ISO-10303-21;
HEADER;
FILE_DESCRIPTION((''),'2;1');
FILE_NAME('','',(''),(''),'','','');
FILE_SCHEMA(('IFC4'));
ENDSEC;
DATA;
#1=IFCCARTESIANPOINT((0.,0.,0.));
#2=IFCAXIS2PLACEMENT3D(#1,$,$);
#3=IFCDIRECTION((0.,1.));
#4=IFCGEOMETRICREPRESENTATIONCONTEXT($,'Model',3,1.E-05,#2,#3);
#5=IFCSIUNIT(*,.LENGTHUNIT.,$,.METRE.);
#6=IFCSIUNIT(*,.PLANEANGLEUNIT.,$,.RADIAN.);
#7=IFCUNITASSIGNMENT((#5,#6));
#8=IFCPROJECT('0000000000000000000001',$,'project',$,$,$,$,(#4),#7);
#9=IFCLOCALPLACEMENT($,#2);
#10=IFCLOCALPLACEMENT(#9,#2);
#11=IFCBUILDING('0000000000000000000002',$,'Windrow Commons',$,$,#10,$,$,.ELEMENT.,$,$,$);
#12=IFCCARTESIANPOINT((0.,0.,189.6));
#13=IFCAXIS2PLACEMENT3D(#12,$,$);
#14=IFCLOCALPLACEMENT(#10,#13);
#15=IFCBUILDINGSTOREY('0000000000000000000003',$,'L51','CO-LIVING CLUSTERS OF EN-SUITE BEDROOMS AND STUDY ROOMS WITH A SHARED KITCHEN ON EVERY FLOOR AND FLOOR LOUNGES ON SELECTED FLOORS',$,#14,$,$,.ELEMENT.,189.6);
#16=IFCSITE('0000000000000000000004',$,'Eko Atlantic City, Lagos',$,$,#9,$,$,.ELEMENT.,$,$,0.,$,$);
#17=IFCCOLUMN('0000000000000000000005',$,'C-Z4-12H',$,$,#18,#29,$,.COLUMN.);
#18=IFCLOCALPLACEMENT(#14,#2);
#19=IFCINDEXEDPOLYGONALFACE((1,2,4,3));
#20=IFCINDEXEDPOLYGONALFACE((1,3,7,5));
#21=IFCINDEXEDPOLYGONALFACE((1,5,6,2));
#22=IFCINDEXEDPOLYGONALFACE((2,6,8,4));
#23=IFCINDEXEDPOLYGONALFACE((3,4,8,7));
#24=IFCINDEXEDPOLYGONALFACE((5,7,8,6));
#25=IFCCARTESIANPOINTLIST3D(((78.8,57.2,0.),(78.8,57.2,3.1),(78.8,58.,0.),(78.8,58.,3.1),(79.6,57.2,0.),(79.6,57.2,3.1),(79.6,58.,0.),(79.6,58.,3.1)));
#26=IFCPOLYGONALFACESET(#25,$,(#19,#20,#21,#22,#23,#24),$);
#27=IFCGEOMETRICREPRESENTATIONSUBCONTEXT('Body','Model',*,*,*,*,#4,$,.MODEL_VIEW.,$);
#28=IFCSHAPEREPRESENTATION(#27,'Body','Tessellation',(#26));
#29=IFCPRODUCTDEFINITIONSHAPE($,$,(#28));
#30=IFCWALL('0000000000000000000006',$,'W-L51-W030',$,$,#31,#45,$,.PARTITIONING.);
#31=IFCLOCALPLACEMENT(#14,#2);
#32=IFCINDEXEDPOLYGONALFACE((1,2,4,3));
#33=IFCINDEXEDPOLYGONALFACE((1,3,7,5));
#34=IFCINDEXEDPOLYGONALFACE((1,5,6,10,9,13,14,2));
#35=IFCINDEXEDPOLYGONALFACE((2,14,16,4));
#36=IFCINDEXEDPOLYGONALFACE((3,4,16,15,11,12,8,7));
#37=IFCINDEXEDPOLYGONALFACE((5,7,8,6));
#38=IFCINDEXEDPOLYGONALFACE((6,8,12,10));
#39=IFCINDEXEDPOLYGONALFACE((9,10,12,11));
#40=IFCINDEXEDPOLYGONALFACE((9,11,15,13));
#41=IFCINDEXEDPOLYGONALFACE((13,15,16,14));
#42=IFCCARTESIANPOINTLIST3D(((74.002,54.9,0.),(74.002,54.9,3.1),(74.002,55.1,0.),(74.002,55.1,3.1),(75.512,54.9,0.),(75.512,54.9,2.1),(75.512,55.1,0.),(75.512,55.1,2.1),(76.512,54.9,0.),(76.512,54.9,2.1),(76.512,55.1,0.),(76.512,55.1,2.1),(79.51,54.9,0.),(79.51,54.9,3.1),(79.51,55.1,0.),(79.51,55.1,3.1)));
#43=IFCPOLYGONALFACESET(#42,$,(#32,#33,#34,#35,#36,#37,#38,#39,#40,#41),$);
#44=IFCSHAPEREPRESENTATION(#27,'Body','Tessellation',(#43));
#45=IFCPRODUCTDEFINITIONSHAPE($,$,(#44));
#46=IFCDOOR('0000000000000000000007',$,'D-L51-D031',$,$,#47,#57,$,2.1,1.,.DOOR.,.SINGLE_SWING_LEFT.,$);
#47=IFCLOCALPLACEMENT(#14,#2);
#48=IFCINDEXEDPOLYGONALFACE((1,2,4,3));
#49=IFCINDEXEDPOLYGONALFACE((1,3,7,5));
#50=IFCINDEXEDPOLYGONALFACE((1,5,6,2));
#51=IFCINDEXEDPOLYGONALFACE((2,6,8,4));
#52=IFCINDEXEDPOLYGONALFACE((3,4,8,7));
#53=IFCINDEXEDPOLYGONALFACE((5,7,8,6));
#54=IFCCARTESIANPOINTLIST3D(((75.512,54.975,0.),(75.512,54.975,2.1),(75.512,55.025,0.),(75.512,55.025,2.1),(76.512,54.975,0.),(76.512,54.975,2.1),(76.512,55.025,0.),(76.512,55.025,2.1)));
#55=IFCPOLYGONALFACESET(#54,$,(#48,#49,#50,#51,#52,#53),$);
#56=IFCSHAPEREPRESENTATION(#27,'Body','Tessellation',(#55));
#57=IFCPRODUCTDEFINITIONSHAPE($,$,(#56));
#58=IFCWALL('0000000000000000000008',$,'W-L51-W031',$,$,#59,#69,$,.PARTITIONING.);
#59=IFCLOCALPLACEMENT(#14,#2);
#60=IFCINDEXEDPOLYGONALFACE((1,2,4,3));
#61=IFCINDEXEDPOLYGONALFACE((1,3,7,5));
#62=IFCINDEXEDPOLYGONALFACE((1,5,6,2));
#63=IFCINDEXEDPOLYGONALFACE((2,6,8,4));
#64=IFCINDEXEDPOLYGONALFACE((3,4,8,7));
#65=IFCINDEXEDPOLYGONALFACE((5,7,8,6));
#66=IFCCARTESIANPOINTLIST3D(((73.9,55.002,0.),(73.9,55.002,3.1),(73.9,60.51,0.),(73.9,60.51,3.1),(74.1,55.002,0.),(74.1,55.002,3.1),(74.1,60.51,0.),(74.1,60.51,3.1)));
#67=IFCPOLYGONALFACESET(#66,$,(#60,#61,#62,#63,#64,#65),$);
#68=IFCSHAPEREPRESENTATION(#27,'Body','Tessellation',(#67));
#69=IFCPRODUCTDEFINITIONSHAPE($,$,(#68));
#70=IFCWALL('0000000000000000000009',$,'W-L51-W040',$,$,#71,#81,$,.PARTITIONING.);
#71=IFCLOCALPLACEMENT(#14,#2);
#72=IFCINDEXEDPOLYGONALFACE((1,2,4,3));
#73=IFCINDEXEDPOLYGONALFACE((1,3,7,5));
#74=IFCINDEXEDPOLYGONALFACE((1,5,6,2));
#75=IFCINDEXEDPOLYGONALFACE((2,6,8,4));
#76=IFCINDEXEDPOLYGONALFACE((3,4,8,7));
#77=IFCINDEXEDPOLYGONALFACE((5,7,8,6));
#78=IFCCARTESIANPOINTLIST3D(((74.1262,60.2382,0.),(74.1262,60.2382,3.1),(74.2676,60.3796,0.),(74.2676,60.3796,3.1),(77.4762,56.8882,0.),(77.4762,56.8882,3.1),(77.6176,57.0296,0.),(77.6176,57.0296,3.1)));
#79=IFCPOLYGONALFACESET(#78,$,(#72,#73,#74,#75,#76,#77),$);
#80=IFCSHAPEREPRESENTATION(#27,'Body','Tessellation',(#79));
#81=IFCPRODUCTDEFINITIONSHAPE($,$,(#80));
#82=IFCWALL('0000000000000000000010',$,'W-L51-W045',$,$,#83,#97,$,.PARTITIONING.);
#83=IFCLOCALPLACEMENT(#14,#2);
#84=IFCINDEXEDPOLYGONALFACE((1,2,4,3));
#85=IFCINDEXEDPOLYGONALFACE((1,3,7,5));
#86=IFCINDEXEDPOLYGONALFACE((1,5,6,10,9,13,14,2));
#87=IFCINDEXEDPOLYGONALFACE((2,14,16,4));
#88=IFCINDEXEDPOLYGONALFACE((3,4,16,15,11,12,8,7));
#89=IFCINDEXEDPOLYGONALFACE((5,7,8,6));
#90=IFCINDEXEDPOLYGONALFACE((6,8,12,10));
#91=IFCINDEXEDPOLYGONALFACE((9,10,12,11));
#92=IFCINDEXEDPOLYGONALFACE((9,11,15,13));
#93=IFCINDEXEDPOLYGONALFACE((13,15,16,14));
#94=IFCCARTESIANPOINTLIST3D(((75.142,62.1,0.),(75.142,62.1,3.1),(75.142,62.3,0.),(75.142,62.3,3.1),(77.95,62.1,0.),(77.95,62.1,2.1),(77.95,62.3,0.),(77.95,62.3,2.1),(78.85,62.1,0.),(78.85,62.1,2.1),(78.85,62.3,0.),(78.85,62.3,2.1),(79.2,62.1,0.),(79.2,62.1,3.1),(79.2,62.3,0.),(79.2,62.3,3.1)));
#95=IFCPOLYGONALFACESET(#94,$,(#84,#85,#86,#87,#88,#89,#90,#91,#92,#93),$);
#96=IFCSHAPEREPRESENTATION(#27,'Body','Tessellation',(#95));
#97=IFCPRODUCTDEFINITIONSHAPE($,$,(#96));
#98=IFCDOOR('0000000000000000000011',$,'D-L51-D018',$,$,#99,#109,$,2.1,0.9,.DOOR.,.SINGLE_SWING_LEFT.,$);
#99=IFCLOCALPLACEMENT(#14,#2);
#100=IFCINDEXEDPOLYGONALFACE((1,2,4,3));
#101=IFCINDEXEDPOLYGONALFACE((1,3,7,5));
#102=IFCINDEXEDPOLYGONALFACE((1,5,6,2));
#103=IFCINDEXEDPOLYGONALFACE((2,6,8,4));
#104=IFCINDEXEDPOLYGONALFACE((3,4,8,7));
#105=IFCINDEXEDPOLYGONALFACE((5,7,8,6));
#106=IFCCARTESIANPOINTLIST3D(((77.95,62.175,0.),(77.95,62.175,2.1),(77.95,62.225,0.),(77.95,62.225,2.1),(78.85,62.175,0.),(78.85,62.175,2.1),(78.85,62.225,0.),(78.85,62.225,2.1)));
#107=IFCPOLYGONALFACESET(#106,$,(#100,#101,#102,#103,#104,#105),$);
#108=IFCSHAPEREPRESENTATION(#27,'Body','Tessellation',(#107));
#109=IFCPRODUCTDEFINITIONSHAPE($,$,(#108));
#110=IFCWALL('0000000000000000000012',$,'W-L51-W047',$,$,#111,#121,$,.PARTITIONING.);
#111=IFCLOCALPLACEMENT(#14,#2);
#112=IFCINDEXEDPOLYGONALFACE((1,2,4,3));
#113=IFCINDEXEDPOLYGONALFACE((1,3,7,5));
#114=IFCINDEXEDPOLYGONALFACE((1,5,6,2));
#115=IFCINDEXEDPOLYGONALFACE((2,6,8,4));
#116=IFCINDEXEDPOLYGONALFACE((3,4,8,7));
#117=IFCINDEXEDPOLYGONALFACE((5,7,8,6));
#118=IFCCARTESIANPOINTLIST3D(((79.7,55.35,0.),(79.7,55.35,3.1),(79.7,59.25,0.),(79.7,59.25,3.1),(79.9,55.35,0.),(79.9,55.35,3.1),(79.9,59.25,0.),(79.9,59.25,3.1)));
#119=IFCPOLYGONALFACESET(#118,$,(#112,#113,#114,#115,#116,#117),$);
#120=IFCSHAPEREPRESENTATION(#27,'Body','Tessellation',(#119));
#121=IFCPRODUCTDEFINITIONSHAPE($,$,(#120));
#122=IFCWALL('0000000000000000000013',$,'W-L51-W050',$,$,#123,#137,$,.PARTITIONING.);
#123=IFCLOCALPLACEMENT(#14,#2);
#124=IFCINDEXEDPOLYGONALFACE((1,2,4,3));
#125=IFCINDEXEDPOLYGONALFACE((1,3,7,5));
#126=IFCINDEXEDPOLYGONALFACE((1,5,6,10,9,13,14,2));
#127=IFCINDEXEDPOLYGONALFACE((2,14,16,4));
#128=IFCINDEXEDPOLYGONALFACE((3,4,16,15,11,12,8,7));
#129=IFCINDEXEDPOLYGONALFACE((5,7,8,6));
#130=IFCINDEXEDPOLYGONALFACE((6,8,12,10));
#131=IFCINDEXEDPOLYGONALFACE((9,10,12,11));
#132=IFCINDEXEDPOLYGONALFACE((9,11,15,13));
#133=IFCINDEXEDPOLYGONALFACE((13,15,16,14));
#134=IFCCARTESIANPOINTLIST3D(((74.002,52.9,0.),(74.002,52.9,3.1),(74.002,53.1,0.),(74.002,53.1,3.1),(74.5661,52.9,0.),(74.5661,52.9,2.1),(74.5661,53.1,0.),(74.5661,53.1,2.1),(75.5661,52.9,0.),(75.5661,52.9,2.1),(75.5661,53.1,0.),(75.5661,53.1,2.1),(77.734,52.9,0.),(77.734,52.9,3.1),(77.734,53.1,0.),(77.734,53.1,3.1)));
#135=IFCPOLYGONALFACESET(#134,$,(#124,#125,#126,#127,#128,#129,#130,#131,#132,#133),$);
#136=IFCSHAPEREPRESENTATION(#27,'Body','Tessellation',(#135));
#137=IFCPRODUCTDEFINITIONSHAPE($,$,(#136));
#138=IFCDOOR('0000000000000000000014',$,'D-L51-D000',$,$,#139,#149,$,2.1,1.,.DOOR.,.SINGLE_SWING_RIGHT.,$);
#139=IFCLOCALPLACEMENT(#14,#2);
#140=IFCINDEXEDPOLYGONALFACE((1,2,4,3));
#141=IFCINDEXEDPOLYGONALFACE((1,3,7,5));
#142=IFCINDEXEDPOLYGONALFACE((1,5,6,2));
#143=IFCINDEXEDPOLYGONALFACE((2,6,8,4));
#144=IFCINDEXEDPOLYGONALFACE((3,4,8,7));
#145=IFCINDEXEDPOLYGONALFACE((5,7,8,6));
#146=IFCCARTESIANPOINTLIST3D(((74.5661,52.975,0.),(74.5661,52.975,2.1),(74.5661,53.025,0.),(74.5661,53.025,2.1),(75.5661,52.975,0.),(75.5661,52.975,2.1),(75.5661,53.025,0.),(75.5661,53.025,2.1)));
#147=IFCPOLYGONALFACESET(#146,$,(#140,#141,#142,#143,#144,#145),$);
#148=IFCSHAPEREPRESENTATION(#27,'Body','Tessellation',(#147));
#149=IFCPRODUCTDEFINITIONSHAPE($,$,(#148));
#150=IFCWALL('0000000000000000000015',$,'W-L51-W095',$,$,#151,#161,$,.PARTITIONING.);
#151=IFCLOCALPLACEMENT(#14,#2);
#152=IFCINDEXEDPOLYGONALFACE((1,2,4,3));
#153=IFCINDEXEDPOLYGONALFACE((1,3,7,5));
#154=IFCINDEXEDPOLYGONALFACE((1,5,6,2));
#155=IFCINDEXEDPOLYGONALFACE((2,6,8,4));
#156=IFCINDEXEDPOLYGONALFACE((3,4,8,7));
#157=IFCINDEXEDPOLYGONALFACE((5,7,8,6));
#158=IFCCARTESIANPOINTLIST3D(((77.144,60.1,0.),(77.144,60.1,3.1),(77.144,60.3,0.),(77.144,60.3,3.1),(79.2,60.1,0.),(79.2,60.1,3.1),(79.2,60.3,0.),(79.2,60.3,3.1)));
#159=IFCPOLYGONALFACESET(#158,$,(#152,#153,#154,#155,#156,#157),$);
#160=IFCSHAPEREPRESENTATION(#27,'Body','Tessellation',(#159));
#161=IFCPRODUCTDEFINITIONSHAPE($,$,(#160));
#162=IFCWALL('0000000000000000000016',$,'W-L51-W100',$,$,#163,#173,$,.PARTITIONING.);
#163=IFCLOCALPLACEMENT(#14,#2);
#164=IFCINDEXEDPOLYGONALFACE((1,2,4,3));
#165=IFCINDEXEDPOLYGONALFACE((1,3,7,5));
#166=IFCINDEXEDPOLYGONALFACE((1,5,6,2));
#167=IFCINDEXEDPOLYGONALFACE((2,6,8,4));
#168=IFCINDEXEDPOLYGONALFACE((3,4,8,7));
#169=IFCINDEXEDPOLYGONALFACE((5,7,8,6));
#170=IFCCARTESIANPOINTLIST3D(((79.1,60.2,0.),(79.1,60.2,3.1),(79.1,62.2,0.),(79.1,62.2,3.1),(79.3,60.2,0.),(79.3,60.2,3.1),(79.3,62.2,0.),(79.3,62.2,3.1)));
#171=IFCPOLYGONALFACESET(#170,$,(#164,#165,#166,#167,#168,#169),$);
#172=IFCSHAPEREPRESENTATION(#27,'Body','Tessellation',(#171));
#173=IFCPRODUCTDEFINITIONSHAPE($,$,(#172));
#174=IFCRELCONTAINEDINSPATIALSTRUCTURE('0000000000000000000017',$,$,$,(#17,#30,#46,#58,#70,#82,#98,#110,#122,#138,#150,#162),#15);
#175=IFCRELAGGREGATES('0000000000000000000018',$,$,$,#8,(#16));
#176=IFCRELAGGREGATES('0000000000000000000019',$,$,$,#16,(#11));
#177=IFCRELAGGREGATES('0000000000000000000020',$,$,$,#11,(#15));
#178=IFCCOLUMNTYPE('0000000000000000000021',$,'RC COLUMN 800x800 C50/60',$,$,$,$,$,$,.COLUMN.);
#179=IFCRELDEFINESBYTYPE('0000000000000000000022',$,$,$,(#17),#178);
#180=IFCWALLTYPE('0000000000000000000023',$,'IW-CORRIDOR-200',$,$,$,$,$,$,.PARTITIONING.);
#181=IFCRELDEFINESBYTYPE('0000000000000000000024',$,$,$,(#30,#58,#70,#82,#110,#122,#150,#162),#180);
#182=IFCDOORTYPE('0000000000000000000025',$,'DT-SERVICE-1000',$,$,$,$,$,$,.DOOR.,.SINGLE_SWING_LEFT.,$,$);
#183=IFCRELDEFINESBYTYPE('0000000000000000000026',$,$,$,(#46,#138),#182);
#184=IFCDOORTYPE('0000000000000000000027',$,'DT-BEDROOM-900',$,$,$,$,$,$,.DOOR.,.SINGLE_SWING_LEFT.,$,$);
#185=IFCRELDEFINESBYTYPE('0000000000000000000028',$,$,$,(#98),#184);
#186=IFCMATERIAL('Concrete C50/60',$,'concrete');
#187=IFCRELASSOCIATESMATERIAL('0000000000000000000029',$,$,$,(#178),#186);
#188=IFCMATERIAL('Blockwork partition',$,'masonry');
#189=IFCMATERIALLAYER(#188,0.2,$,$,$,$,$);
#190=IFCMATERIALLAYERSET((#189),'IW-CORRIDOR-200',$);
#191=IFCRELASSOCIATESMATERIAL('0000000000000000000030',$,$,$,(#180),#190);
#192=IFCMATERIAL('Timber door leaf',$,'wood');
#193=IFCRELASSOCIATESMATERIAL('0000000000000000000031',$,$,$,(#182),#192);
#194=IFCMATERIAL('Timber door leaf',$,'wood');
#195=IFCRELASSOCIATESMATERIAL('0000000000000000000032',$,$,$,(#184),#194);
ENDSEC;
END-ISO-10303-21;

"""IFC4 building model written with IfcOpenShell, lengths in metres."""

from ifc_helpers import new_model, si_unit, direction, frame, frame_2d, origin, origin_2d, place, context, subcontext, project, spatial, rectangle, extrude, material, layer, layer_set, material_profile, profile_set, type_object, element, fill, save


model = new_model("IFC4")

# Units and contexts
model_context = context("Model", 3, precision=1e-05, world=origin(), true_north=direction((0.0, 1.0)))
body_context = subcontext(model_context, "Body", "Model", "MODEL_VIEW")
ifc_project = project(units=[si_unit("LENGTHUNIT", "METRE"), si_unit("PLANEANGLEUNIT", "RADIAN")], contexts=[model_context])

# Site, building, storey
site_placement = place(None, origin())
site = spatial("IfcSite", under=ifc_project, at=site_placement, Name="Eko Atlantic City, Lagos", CompositionType="ELEMENT", RefElevation=0.0)
building_placement = place(site_placement, origin())
building = spatial("IfcBuilding", under=site, at=building_placement, Name="Windrow Commons", CompositionType="ELEMENT")
storey_placement = place(building_placement, frame((0.0, 0.0, 189.6)))
storey = spatial("IfcBuildingStorey", under=building, at=storey_placement, Name="L51", Description="CO-LIVING CLUSTERS OF EN-SUITE BEDROOMS AND STUDY ROOMS WITH A SHARED KITCHEN ON EVERY FLOOR AND FLOOR LOUNGES ON SELECTED FLOORS", CompositionType="ELEMENT", Elevation=189.6)

# Column
ifc_material_1 = material(Name="Concrete C50/60", Category="concrete")
ifc_material_profile = material_profile(ifc_material_1, rectangle(XDim=0.8, YDim=0.8, at=origin_2d()))
ifc_profile_set = profile_set([ifc_material_profile], Name="Concrete C50/60")
column_type = type_object("IfcColumnType", Name="RC COLUMN 800x800 C50/60", PredefinedType="COLUMN", material=ifc_profile_set)
column_placement = place(storey_placement, frame((79.2, 57.6, 0.0), z_axis=(0.0, 0.0, 1.0), x_axis=(1.0, 0.0, 0.0)))
element("IfcColumn", 1, at=column_placement, inside=storey, type_object=column_type, Name="C-Z4-12H", PredefinedType="COLUMN", context=body_context, shape_type="SweptSolid", body=[
    extrude(rectangle(XDim=0.8, YDim=0.8, at=origin_2d()), origin(), (0.0, 0.0, 1.0), 3.1),
])

# Wall, opening, door
ifc_material_2 = material(Name="Blockwork partition", Category="masonry")
ifc_layer_1 = layer(ifc_material_2, 0.2)
ifc_layer_set_1 = layer_set([ifc_layer_1], Name="IW-CORRIDOR-200")
wall_type_1 = type_object("IfcWallType", Name="IW-CORRIDOR-200", PredefinedType="PARTITIONING", material=ifc_layer_set_1)
wall_1_placement = place(storey_placement, frame((74.002, 55.0, 0.0), z_axis=(0.0, 0.0, 1.0), x_axis=(1.0, 0.0, 0.0)))
wall_1 = element("IfcWall", 2, at=wall_1_placement, inside=storey, type_object=wall_type_1, Name="W-L51-W030", PredefinedType="PARTITIONING", context=body_context, shape_type="SweptSolid", body=[
    extrude(rectangle(XDim=5.508, YDim=0.2, at=frame_2d((2.754, 0.0))), origin(), (0.0, 0.0, 1.0), 3.1),
])
opening_1_placement = place(wall_1_placement, frame((1.51, 0.0, 0.0)))
opening_1 = element("IfcOpeningElement", 3, at=opening_1_placement, cuts=wall_1, PredefinedType="OPENING", context=body_context, shape_type="SweptSolid", body=[
    extrude(rectangle(XDim=1.0, YDim=2.1, at=frame_2d((0.5, 1.05))), frame((0.0, 0.11, 0.0), z_axis=(0.0, -1.0, 0.0), x_axis=(1.0, 0.0, 0.0)), (0.0, 0.0, 1.0), 0.22),
])
ifc_material_3 = material(Name="Timber door leaf", Category="wood")
door_type_1 = type_object("IfcDoorType", Name="DT-SERVICE-1000", OperationType="SINGLE_SWING_LEFT", PredefinedType="DOOR", material=ifc_material_3)
door_1_placement = place(opening_1_placement, origin())
door_1 = element("IfcDoor", 4, at=door_1_placement, inside=storey, type_object=door_type_1, Name="D-L51-D031", OperationType="SINGLE_SWING_LEFT", OverallHeight=2.1, OverallWidth=1.0, PredefinedType="DOOR", context=body_context, shape_type="SweptSolid", body=[
    extrude(rectangle(XDim=1.0, YDim=2.1, at=frame_2d((0.5, 1.05))), frame((0.0, 0.025, 0.0), z_axis=(0.0, -1.0, 0.0), x_axis=(1.0, 0.0, 0.0)), (0.0, 0.0, 1.0), 0.05),
])
fill(opening_1, door_1)

# Walls
wall_2_placement = place(storey_placement, frame((74.0, 55.002, 0.0), z_axis=(0.0, 0.0, 1.0), x_axis=(0.0, 1.0, 0.0)))
element("IfcWall", 5, at=wall_2_placement, inside=storey, type_object=wall_type_1, Name="W-L51-W031", PredefinedType="PARTITIONING", context=body_context, shape_type="SweptSolid", body=[
    extrude(rectangle(XDim=5.508, YDim=0.2, at=frame_2d((2.754, 0.0))), origin(), (0.0, 0.0, 1.0), 3.1),
])
wall_3_placement = place(storey_placement, frame((74.1969, 60.3089, 0.0), z_axis=(0.0, 0.0, 1.0), x_axis=(0.707107, -0.707107, 0.0)))
element("IfcWall", 6, at=wall_3_placement, inside=storey, type_object=wall_type_1, Name="W-L51-W040", PredefinedType="PARTITIONING", context=body_context, shape_type="SweptSolid", body=[
    extrude(rectangle(XDim=4.7376, YDim=0.2, at=frame_2d((2.3688, 0.0))), origin(), (0.0, 0.0, 1.0), 3.1),
])

# Wall, opening, door
wall_4_placement = place(storey_placement, frame((75.142, 62.2, 0.0), z_axis=(0.0, 0.0, 1.0), x_axis=(1.0, 0.0, 0.0)))
wall_4 = element("IfcWall", 7, at=wall_4_placement, inside=storey, type_object=wall_type_1, Name="W-L51-W045", PredefinedType="PARTITIONING", context=body_context, shape_type="SweptSolid", body=[
    extrude(rectangle(XDim=4.058, YDim=0.2, at=frame_2d((2.029, 0.0))), origin(), (0.0, 0.0, 1.0), 3.1),
])
opening_2_placement = place(wall_4_placement, frame((2.808, 0.0, 0.0)))
opening_2 = element("IfcOpeningElement", 8, at=opening_2_placement, cuts=wall_4, PredefinedType="OPENING", context=body_context, shape_type="SweptSolid", body=[
    extrude(rectangle(XDim=0.9, YDim=2.1, at=frame_2d((0.45, 1.05))), frame((0.0, 0.11, 0.0), z_axis=(0.0, -1.0, 0.0), x_axis=(1.0, 0.0, 0.0)), (0.0, 0.0, 1.0), 0.22),
])
ifc_material_4 = material(Name="Timber door leaf", Category="wood")
door_type_2 = type_object("IfcDoorType", Name="DT-BEDROOM-900", OperationType="SINGLE_SWING_LEFT", PredefinedType="DOOR", material=ifc_material_4)
door_2_placement = place(opening_2_placement, origin())
door_2 = element("IfcDoor", 9, at=door_2_placement, inside=storey, type_object=door_type_2, Name="D-L51-D018", OperationType="SINGLE_SWING_LEFT", OverallHeight=2.1, OverallWidth=0.9, PredefinedType="DOOR", context=body_context, shape_type="SweptSolid", body=[
    extrude(rectangle(XDim=0.9, YDim=2.1, at=frame_2d((0.45, 1.05))), frame((0.0, 0.025, 0.0), z_axis=(0.0, -1.0, 0.0), x_axis=(1.0, 0.0, 0.0)), (0.0, 0.0, 1.0), 0.05),
])
fill(opening_2, door_2)

# Wall
wall_5_placement = place(storey_placement, frame((79.8, 55.35, 0.0), z_axis=(0.0, 0.0, 1.0), x_axis=(0.0, 1.0, 0.0)))
element("IfcWall", 10, at=wall_5_placement, inside=storey, type_object=wall_type_1, Name="W-L51-W047", PredefinedType="PARTITIONING", context=body_context, shape_type="SweptSolid", body=[
    extrude(rectangle(XDim=3.9, YDim=0.2, at=frame_2d((1.95, 0.0))), origin(), (0.0, 0.0, 1.0), 3.1),
])

# Wall, opening, door
wall_6_placement = place(storey_placement, frame((74.002, 53.0, 0.0), z_axis=(0.0, 0.0, 1.0), x_axis=(1.0, 0.0, 0.0)))
wall_6 = element("IfcWall", 11, at=wall_6_placement, inside=storey, type_object=wall_type_1, Name="W-L51-W050", PredefinedType="PARTITIONING", context=body_context, shape_type="SweptSolid", body=[
    extrude(rectangle(XDim=3.732, YDim=0.2, at=frame_2d((1.866, 0.0))), origin(), (0.0, 0.0, 1.0), 3.1),
])
opening_3_placement = place(wall_6_placement, frame((0.5641, 0.0, 0.0)))
opening_3 = element("IfcOpeningElement", 12, at=opening_3_placement, cuts=wall_6, PredefinedType="OPENING", context=body_context, shape_type="SweptSolid", body=[
    extrude(rectangle(XDim=1.0, YDim=2.1, at=frame_2d((0.5, 1.05))), frame((0.0, 0.11, 0.0), z_axis=(0.0, -1.0, 0.0), x_axis=(1.0, 0.0, 0.0)), (0.0, 0.0, 1.0), 0.22),
])
door_3_placement = place(opening_3_placement, origin())
door_3 = element("IfcDoor", 13, at=door_3_placement, inside=storey, type_object=door_type_1, Name="D-L51-D000", OperationType="SINGLE_SWING_RIGHT", OverallHeight=2.1, OverallWidth=1.0, PredefinedType="DOOR", context=body_context, shape_type="SweptSolid", body=[
    extrude(rectangle(XDim=1.0, YDim=2.1, at=frame_2d((0.5, 1.05))), frame((0.0, 0.025, 0.0), z_axis=(0.0, -1.0, 0.0), x_axis=(1.0, 0.0, 0.0)), (0.0, 0.0, 1.0), 0.05),
])
fill(opening_3, door_3)

# Walls
wall_7_placement = place(storey_placement, frame((77.144, 60.2, 0.0), z_axis=(0.0, 0.0, 1.0), x_axis=(1.0, 0.0, 0.0)))
element("IfcWall", 14, at=wall_7_placement, inside=storey, type_object=wall_type_1, Name="W-L51-W095", PredefinedType="PARTITIONING", context=body_context, shape_type="SweptSolid", body=[
    extrude(rectangle(XDim=2.056, YDim=0.2, at=frame_2d((1.028, 0.0))), origin(), (0.0, 0.0, 1.0), 3.1),
])
wall_8_placement = place(storey_placement, frame((79.2, 60.2, 0.0), z_axis=(0.0, 0.0, 1.0), x_axis=(0.0, 1.0, 0.0)))
element("IfcWall", 15, at=wall_8_placement, inside=storey, type_object=wall_type_1, Name="W-L51-W100", PredefinedType="PARTITIONING", context=body_context, shape_type="SweptSolid", body=[
    extrude(rectangle(XDim=2.0, YDim=0.2, at=frame_2d((1.0, 0.0))), origin(), (0.0, 0.0, 1.0), 3.1),
])

save(model, "model.ifc")
